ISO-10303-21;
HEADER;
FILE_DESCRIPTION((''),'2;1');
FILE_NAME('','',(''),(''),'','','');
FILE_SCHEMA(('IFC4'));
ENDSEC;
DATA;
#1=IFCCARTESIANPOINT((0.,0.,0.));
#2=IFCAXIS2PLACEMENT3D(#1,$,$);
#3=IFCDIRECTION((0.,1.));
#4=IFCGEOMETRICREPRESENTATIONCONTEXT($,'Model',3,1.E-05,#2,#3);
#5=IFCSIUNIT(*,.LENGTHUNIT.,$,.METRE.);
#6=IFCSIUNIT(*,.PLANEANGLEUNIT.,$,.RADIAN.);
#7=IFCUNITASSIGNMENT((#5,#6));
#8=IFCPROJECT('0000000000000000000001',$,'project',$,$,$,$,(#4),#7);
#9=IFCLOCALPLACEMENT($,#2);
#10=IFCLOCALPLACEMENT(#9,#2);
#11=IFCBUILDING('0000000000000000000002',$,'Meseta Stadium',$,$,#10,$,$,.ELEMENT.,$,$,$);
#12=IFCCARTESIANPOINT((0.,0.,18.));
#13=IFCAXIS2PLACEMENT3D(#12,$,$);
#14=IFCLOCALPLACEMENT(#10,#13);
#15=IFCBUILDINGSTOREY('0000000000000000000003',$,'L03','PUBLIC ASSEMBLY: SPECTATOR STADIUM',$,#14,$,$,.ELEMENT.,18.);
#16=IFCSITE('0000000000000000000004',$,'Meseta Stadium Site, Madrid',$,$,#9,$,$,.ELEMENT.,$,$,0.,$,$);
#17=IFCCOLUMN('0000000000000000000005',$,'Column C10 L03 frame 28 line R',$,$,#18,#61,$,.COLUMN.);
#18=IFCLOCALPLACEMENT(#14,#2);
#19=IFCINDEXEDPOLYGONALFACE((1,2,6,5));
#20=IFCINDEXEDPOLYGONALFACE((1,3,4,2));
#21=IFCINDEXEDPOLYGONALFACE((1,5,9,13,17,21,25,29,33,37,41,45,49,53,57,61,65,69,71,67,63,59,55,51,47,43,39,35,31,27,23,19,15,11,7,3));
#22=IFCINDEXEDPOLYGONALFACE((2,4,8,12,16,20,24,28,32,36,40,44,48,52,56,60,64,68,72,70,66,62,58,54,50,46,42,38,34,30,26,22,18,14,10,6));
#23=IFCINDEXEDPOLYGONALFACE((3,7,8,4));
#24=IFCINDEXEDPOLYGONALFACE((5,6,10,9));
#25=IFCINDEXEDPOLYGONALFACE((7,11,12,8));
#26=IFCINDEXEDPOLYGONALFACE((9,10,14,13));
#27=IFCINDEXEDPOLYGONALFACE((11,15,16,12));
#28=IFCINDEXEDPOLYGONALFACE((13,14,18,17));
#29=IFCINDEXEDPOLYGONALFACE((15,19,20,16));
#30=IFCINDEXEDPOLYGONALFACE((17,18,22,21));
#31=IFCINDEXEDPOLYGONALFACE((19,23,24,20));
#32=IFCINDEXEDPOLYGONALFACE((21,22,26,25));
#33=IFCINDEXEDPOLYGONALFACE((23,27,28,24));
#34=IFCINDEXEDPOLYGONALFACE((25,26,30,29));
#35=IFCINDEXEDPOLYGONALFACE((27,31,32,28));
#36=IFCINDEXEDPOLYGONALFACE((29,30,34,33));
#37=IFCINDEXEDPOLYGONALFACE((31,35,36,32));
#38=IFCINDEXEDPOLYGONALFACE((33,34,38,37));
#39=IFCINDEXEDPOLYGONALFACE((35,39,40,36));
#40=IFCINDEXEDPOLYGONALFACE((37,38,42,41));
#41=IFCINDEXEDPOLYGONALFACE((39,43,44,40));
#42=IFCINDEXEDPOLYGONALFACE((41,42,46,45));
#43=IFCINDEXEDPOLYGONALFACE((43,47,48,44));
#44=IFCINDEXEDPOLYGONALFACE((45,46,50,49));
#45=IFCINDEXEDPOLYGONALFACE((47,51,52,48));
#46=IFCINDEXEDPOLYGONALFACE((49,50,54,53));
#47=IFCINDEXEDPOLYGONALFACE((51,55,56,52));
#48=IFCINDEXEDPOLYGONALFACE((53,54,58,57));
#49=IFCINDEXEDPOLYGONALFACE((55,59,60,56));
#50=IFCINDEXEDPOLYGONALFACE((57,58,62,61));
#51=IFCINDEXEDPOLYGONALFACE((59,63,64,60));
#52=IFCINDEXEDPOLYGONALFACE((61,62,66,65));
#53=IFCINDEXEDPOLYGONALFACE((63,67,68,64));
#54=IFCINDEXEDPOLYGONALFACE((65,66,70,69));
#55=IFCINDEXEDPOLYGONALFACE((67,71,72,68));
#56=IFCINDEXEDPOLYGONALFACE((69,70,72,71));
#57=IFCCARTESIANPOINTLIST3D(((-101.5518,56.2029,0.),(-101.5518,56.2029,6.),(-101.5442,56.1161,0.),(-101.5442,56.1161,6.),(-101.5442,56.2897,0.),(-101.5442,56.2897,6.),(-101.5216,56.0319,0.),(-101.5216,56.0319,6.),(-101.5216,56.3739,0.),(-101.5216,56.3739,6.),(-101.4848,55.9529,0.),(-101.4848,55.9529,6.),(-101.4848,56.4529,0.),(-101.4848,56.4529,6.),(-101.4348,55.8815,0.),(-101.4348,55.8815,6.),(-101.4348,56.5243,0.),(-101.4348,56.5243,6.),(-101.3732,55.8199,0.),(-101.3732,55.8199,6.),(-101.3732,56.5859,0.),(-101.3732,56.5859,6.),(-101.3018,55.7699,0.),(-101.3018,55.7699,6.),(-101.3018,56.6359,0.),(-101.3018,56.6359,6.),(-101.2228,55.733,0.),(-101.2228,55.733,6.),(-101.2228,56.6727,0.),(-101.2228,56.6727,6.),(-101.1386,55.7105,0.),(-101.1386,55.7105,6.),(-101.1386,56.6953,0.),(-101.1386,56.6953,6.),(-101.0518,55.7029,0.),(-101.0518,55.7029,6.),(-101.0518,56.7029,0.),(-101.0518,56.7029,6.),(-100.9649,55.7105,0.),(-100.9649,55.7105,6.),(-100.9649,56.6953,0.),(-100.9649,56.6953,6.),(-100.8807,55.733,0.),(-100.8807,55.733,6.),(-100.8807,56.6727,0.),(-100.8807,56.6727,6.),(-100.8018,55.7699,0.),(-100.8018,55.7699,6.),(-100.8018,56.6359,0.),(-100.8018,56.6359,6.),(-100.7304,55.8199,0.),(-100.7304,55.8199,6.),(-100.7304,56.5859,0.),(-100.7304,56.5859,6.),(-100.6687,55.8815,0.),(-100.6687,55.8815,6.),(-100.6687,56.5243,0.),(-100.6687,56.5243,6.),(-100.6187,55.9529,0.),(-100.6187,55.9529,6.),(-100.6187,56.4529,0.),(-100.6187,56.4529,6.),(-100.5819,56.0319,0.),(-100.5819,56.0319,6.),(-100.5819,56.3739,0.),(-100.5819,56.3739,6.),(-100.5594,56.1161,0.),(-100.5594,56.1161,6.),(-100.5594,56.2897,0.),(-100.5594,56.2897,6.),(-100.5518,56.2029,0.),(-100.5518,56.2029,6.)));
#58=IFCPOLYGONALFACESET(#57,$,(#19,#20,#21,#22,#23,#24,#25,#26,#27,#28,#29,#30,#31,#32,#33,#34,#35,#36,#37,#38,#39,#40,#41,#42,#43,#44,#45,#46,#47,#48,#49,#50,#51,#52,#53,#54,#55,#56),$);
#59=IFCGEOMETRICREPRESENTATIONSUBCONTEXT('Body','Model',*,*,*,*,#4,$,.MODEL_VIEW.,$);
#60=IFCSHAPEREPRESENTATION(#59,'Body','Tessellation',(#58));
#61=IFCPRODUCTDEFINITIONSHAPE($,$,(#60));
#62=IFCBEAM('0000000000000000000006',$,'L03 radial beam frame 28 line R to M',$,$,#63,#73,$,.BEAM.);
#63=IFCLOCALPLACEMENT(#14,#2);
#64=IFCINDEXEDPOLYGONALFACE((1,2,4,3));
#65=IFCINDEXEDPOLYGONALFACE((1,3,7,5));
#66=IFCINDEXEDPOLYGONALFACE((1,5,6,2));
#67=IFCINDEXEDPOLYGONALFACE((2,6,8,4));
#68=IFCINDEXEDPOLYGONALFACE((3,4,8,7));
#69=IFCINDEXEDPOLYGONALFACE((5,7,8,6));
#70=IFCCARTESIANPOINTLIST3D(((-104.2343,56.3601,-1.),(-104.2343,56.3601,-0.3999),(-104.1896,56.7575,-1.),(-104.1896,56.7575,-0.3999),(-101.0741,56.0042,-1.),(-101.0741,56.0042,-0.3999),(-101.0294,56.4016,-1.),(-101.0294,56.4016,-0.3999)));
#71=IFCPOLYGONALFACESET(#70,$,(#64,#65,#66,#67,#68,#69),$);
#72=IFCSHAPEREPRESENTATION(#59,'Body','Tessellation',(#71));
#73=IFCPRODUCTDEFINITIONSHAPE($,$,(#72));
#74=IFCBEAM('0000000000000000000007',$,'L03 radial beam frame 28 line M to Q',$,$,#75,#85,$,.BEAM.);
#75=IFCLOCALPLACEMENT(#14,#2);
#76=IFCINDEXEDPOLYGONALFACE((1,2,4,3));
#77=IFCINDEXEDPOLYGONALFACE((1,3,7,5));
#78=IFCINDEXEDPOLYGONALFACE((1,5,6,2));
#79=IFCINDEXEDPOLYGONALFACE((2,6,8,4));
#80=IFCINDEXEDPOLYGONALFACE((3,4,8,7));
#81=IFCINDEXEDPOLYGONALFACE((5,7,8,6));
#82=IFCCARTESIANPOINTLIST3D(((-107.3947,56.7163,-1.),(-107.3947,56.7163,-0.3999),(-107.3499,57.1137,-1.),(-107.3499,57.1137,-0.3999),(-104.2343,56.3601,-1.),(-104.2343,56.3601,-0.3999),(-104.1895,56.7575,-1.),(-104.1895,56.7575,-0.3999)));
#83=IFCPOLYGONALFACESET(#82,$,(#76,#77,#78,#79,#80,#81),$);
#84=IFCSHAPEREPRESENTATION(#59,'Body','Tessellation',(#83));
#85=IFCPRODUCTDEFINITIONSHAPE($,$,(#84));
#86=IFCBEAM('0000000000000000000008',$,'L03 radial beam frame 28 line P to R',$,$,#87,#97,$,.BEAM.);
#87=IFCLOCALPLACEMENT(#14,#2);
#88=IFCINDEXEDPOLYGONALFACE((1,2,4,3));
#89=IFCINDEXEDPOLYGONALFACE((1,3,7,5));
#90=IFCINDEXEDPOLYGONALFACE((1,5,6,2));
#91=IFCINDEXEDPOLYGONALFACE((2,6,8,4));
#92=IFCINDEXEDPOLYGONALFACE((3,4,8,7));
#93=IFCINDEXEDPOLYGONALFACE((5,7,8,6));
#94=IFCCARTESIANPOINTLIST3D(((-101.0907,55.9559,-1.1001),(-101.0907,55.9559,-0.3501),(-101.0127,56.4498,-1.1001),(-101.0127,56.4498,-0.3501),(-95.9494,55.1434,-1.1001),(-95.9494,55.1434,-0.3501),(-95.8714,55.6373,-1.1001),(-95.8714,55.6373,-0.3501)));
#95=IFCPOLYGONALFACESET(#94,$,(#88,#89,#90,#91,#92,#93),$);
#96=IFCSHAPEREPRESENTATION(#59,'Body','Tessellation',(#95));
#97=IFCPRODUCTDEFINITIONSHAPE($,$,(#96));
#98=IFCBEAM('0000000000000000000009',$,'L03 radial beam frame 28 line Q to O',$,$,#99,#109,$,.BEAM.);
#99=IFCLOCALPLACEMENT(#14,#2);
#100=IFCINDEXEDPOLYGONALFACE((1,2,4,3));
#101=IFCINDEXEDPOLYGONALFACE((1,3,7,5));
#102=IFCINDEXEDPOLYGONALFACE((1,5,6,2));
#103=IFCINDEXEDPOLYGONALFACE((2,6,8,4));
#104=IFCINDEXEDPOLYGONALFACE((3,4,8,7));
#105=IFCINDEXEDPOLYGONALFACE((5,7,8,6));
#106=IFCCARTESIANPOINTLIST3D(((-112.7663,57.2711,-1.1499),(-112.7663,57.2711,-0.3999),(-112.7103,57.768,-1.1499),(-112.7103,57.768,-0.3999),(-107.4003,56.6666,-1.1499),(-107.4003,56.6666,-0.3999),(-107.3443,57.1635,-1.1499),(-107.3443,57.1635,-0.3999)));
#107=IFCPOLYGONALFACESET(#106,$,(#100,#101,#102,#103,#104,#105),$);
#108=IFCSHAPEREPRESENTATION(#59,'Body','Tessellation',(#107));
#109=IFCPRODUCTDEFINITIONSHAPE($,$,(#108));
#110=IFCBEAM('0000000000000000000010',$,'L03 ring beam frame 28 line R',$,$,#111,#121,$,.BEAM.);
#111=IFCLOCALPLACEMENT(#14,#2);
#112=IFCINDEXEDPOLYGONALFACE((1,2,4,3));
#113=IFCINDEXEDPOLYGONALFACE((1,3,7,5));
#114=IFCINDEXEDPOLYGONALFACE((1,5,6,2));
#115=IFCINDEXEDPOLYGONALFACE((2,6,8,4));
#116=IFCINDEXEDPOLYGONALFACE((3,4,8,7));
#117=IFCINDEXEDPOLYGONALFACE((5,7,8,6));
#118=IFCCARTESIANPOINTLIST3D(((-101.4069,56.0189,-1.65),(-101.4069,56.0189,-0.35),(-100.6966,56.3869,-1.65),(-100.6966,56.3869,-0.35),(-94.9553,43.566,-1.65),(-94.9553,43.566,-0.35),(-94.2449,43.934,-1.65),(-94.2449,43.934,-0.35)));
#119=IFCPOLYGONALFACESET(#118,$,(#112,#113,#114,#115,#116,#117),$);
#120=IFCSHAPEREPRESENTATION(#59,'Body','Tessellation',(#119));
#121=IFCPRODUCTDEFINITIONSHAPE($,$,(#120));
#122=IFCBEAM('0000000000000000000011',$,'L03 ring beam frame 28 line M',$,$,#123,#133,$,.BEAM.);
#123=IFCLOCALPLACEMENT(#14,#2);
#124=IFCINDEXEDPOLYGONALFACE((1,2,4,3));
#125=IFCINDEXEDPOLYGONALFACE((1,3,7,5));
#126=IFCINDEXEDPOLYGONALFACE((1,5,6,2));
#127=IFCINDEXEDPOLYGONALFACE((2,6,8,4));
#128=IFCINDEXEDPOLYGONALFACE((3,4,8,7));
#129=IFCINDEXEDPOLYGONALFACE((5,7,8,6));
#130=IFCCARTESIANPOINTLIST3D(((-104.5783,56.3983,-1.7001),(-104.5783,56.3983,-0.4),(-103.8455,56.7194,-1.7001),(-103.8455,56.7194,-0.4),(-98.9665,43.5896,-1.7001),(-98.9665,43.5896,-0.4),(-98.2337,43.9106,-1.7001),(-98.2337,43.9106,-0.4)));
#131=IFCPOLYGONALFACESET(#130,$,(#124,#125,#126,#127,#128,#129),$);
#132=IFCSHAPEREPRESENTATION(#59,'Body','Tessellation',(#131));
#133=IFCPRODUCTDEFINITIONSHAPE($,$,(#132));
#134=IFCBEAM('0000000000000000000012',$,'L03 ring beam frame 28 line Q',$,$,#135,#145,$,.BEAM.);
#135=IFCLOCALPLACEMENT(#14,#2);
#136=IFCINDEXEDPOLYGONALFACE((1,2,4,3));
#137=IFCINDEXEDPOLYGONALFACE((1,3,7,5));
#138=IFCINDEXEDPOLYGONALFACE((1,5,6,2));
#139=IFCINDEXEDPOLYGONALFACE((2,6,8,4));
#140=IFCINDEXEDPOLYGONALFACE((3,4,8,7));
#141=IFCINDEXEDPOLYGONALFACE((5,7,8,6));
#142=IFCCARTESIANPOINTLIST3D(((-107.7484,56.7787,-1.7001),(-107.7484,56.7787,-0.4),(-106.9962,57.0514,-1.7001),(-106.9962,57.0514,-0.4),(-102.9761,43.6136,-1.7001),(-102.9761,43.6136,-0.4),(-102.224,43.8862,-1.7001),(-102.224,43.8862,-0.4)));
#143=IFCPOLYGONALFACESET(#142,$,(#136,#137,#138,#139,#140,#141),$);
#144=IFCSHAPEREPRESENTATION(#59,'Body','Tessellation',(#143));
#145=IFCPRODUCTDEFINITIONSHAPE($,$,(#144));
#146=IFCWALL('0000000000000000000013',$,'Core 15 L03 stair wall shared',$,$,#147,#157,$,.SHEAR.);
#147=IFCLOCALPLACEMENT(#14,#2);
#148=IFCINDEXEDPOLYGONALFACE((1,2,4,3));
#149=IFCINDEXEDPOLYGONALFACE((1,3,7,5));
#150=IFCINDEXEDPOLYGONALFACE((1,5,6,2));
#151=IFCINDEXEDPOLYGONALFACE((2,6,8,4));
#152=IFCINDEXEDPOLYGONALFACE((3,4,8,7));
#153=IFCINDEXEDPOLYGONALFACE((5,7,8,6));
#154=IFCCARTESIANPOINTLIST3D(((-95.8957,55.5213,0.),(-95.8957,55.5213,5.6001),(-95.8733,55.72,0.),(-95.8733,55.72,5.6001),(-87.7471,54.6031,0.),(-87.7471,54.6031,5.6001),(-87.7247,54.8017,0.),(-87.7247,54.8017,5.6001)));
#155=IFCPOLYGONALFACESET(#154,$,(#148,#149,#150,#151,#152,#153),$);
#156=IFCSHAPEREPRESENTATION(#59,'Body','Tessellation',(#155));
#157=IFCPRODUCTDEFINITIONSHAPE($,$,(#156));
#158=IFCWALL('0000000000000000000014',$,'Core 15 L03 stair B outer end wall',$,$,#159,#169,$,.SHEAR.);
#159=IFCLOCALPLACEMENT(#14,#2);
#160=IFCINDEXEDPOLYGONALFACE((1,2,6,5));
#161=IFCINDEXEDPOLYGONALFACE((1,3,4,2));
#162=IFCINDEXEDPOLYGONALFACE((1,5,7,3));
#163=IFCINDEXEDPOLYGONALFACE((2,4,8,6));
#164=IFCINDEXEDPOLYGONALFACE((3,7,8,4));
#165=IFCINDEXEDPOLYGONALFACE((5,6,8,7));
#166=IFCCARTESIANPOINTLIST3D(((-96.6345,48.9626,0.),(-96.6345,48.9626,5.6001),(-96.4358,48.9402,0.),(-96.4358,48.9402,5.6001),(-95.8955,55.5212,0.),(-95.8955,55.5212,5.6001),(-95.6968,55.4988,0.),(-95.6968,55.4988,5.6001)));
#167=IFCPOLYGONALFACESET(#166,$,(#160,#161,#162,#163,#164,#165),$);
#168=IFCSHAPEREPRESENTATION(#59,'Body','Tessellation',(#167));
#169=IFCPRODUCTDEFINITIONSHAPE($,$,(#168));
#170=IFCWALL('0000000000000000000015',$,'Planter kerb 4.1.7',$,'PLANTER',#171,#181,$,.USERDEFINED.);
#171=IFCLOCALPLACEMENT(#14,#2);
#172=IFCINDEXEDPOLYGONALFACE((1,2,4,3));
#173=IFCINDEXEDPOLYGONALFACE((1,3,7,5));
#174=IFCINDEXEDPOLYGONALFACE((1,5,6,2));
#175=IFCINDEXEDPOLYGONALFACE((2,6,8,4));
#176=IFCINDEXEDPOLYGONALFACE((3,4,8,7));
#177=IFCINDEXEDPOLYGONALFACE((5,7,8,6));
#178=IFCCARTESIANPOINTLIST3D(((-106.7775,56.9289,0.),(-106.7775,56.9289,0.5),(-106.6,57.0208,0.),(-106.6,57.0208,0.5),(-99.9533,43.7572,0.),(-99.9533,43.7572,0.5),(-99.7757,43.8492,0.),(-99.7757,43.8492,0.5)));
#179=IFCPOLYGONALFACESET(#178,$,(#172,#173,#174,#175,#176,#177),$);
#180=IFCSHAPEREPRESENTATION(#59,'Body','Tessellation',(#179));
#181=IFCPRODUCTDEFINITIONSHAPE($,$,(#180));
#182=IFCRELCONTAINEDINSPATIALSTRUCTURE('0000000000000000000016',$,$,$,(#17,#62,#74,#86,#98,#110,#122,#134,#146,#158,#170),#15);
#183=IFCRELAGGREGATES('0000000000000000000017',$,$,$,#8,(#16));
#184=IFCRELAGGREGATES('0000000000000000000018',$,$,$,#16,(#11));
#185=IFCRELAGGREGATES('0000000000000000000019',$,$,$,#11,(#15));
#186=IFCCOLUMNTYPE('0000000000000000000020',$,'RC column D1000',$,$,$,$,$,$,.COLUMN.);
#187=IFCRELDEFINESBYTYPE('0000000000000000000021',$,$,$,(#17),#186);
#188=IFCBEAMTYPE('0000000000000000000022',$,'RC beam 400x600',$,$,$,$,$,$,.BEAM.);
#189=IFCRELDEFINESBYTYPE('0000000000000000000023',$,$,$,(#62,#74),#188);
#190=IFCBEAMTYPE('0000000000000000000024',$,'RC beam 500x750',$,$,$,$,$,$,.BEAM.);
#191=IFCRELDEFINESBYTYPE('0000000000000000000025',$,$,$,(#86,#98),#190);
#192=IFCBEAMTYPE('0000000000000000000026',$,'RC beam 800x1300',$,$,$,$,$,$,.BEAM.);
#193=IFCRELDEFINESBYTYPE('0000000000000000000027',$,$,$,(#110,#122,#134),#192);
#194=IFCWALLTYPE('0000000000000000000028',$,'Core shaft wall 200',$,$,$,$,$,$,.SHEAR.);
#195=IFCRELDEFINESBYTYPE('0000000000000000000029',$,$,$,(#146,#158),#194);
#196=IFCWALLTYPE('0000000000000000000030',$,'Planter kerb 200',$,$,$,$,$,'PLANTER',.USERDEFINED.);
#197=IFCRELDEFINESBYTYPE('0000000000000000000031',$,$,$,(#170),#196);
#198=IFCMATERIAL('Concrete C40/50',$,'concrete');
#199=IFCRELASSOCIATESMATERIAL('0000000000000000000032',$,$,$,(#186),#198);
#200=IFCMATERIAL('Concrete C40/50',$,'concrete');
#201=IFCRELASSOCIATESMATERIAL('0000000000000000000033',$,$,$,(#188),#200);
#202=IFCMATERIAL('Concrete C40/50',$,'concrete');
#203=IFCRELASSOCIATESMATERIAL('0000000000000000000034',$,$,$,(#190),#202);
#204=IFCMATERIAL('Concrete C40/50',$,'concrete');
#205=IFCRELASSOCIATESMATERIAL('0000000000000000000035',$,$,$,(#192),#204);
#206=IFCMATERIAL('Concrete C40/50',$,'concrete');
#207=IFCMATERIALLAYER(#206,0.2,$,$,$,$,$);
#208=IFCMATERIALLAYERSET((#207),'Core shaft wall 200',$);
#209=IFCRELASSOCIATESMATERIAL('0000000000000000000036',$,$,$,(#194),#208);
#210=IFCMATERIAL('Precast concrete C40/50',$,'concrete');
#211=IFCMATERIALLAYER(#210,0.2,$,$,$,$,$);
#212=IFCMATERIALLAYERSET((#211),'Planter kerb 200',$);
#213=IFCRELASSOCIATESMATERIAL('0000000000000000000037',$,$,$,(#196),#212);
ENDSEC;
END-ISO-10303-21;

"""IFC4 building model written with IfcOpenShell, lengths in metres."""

from ifc_helpers import new_model, si_unit, direction, frame, frame_2d, origin, origin_2d, place, context, subcontext, project, spatial, rectangle, circle, extrude, material, layer, layer_set, material_profile, profile_set, type_object, element, save


model = new_model("IFC4")

# Units and contexts
model_context = context("Model", 3, precision=1e-05, world=origin(), true_north=direction((0.0, 1.0)))
body_context = subcontext(model_context, "Body", "Model", "MODEL_VIEW")
ifc_project = project(units=[si_unit("LENGTHUNIT", "METRE"), si_unit("PLANEANGLEUNIT", "RADIAN")], contexts=[model_context])

# Site, building, storey
site_placement = place(None, origin())
site = spatial("IfcSite", under=ifc_project, at=site_placement, Name="Meseta Stadium Site, Madrid", CompositionType="ELEMENT", RefElevation=0.0)
building_placement = place(site_placement, origin())
building = spatial("IfcBuilding", under=site, at=building_placement, Name="Meseta Stadium", CompositionType="ELEMENT")
storey_placement = place(building_placement, frame((0.0, 0.0, 18.0)))
storey = spatial("IfcBuildingStorey", under=building, at=storey_placement, Name="L03", Description="PUBLIC ASSEMBLY: SPECTATOR STADIUM", CompositionType="ELEMENT", Elevation=18.0)

# Column
ifc_material_1 = material(Name="Concrete C40/50", Category="concrete")
ifc_material_profile_1 = material_profile(ifc_material_1, circle(Radius=0.5, at=origin_2d()), Name="RC D1000")
ifc_profile_set_1 = profile_set([ifc_material_profile_1], Name="Concrete C40/50")
column_type = type_object("IfcColumnType", Name="RC column D1000", PredefinedType="COLUMN", material=ifc_profile_set_1)
column_placement = place(storey_placement, frame((-101.0518, 56.2029, 0.0), z_axis=(0.0, 0.0, 1.0), x_axis=(1.0, 0.0, 0.0)))
element("IfcColumn", 1, at=column_placement, inside=storey, type_object=column_type, Name="Column C10 L03 frame 28 line R", PredefinedType="COLUMN", context=body_context, shape_type="SweptSolid", body=[
    extrude(circle(Radius=0.5, at=origin_2d()), origin(), (0.0, 0.0, 1.0), 6.0),
])

# Beams
ifc_material_2 = material(Name="Concrete C40/50", Category="concrete")
ifc_material_profile_2 = material_profile(ifc_material_2, rectangle(XDim=0.3999, YDim=0.6001, at=origin_2d()), Name="RC 400x600")
ifc_profile_set_2 = profile_set([ifc_material_profile_2], Name="Concrete C40/50")
beam_type_1 = type_object("IfcBeamType", Name="RC beam 400x600", PredefinedType="BEAM", material=ifc_profile_set_2)
beam_1_placement = place(storey_placement, frame((-101.0518, 56.2029, -0.7), z_axis=(-0.993716, 0.111931, 0.0), x_axis=(-0.111931, -0.993716, 0.0)))
element("IfcBeam", 2, at=beam_1_placement, inside=storey, type_object=beam_type_1, Name="L03 radial beam frame 28 line R to M", PredefinedType="BEAM", context=body_context, shape_type="SweptSolid", body=[
    extrude(rectangle(XDim=0.3999, YDim=0.6001, at=origin_2d()), origin(), (0.0, 0.0, 1.0), 3.1802),
])
beam_2_placement = place(storey_placement, frame((-104.2119, 56.5588, -0.7), z_axis=(-0.993708, 0.111998, 0.0), x_axis=(-0.111998, -0.993708, 0.0)))
element("IfcBeam", 3, at=beam_2_placement, inside=storey, type_object=beam_type_1, Name="L03 radial beam frame 28 line M to Q", PredefinedType="BEAM", context=body_context, shape_type="SweptSolid", body=[
    extrude(rectangle(XDim=0.3999, YDim=0.6001, at=origin_2d()), origin(), (0.0, 0.0, 1.0), 3.1804),
])
ifc_material_3 = material(Name="Concrete C40/50", Category="concrete")
ifc_material_profile_3 = material_profile(ifc_material_3, rectangle(XDim=0.5, YDim=0.75, at=origin_2d()), Name="RC 500x750")
ifc_profile_set_3 = profile_set([ifc_material_profile_3], Name="Concrete C40/50")
beam_type_2 = type_object("IfcBeamType", Name="RC beam 500x750", PredefinedType="BEAM", material=ifc_profile_set_3)
beam_3_placement = place(storey_placement, frame((-95.9104, 55.3904, -0.7251), z_axis=(-0.987742, 0.156095, 0.0), x_axis=(-0.156095, -0.987742, 0.0)))
element("IfcBeam", 4, at=beam_3_placement, inside=storey, type_object=beam_type_2, Name="L03 radial beam frame 28 line P to R", PredefinedType="BEAM", context=body_context, shape_type="SweptSolid", body=[
    extrude(rectangle(XDim=0.5, YDim=0.75, at=origin_2d()), origin(), (0.0, 0.0, 1.0), 5.2051),
])
beam_4_placement = place(storey_placement, frame((-107.3723, 56.915, -0.7749), z_axis=(-0.993714, 0.111945, 0.0), x_axis=(-0.111945, -0.993714, 0.0)))
element("IfcBeam", 5, at=beam_4_placement, inside=storey, type_object=beam_type_2, Name="L03 radial beam frame 28 line Q to O", PredefinedType="BEAM", context=body_context, shape_type="SweptSolid", body=[
    extrude(rectangle(XDim=0.5, YDim=0.75, at=origin_2d()), origin(), (0.0, 0.0, 1.0), 5.3999),
])
ifc_material_4 = material(Name="Concrete C40/50", Category="concrete")
ifc_material_profile_4 = material_profile(ifc_material_4, rectangle(XDim=0.8, YDim=1.3, at=origin_2d()), Name="RC 800x1300")
ifc_profile_set_4 = profile_set([ifc_material_profile_4], Name="Concrete C40/50")
beam_type_3 = type_object("IfcBeamType", Name="RC beam 800x1300", PredefinedType="BEAM", material=ifc_profile_set_4)
beam_5_placement = place(storey_placement, frame((-101.0518, 56.2029, -1.0), z_axis=(0.460014, -0.887912, 0.0), x_axis=(0.887912, 0.460014, 0.0)))
element("IfcBeam", 6, at=beam_5_placement, inside=storey, type_object=beam_type_3, Name="L03 ring beam frame 28 line R", PredefinedType="BEAM", context=body_context, shape_type="SweptSolid", body=[
    extrude(rectangle(XDim=0.8, YDim=1.3, at=origin_2d()), origin(), (0.0, 0.0, 1.0), 14.0249),
])
beam_6_placement = place(storey_placement, frame((-104.2119, 56.5588, -1.05), z_axis=(0.401296, -0.915948, 0.0), x_axis=(0.915948, 0.401296, 0.0)))
element("IfcBeam", 7, at=beam_6_placement, inside=storey, type_object=beam_type_3, Name="L03 ring beam frame 28 line M", PredefinedType="BEAM", context=body_context, shape_type="SweptSolid", body=[
    extrude(rectangle(XDim=0.8, YDim=1.3, at=origin_2d()), origin(), (0.0, 0.0, 1.0), 13.9841),
])
beam_7_placement = place(storey_placement, frame((-107.3723, 56.915, -1.05), z_axis=(0.340792, -0.940139, 0.0), x_axis=(0.940139, 0.340792, 0.0)))
element("IfcBeam", 8, at=beam_7_placement, inside=storey, type_object=beam_type_3, Name="L03 ring beam frame 28 line Q", PredefinedType="BEAM", context=body_context, shape_type="SweptSolid", body=[
    extrude(rectangle(XDim=0.8, YDim=1.3, at=origin_2d()), origin(), (0.0, 0.0, 1.0), 14.0034),
])

# Walls
ifc_material_5 = material(Name="Concrete C40/50", Category="concrete")
ifc_layer_1 = layer(ifc_material_5, 0.2)
ifc_layer_set_1 = layer_set([ifc_layer_1], Name="Core shaft wall 200")
wall_type_1 = type_object("IfcWallType", Name="Core shaft wall 200", PredefinedType="SHEAR", material=ifc_layer_set_1)
wall_1_placement = place(storey_placement, frame((-95.8845, 55.6206, 0.0), z_axis=(0.0, 0.0, 1.0), x_axis=(0.993711, -0.111974, 0.0)))
element("IfcWall", 9, at=wall_1_placement, inside=storey, type_object=wall_type_1, Name="Core 15 L03 stair wall shared", PredefinedType="SHEAR", context=body_context, shape_type="SweptSolid", body=[
    extrude(rectangle(XDim=8.2002, YDim=0.2, at=frame_2d((4.1001, 0.0))), origin(), (0.0, 0.0, 1.0), 5.6001),
])
wall_2_placement = place(storey_placement, frame((-95.7961, 55.51, 0.0), z_axis=(0.0, 0.0, 1.0), x_axis=(-0.11197, -0.993712, 0.0)))
element("IfcWall", 10, at=wall_2_placement, inside=storey, type_object=wall_type_1, Name="Core 15 L03 stair B outer end wall", PredefinedType="SHEAR", context=body_context, shape_type="SweptSolid", body=[
    extrude(rectangle(XDim=6.6001, YDim=0.2, at=frame_2d((3.3, 0.0))), origin(), (0.0, 0.0, 1.0), 5.6001),
])
ifc_material_6 = material(Name="Precast concrete C40/50", Category="concrete")
ifc_layer_2 = layer(ifc_material_6, 0.2)
ifc_layer_set_2 = layer_set([ifc_layer_2], Name="Planter kerb 200")
wall_type_2 = type_object("IfcWallType", Name="Planter kerb 200", ElementType="PLANTER", PredefinedType="USERDEFINED", material=ifc_layer_set_2)
wall_3_placement = place(storey_placement, frame((-106.6887, 56.9749, 0.0), z_axis=(0.0, 0.0, 1.0), x_axis=(0.460024, -0.887906, 0.0)))
element("IfcWall", 11, at=wall_3_placement, inside=storey, type_object=wall_type_2, Name="Planter kerb 4.1.7", ObjectType="PLANTER", PredefinedType="USERDEFINED", context=body_context, shape_type="SweptSolid", body=[
    extrude(rectangle(XDim=14.8345, YDim=0.2, at=frame_2d((7.4172, 0.0))), origin(), (0.0, 0.0, 1.0), 0.5),
])

save(model, "model.ifc")
